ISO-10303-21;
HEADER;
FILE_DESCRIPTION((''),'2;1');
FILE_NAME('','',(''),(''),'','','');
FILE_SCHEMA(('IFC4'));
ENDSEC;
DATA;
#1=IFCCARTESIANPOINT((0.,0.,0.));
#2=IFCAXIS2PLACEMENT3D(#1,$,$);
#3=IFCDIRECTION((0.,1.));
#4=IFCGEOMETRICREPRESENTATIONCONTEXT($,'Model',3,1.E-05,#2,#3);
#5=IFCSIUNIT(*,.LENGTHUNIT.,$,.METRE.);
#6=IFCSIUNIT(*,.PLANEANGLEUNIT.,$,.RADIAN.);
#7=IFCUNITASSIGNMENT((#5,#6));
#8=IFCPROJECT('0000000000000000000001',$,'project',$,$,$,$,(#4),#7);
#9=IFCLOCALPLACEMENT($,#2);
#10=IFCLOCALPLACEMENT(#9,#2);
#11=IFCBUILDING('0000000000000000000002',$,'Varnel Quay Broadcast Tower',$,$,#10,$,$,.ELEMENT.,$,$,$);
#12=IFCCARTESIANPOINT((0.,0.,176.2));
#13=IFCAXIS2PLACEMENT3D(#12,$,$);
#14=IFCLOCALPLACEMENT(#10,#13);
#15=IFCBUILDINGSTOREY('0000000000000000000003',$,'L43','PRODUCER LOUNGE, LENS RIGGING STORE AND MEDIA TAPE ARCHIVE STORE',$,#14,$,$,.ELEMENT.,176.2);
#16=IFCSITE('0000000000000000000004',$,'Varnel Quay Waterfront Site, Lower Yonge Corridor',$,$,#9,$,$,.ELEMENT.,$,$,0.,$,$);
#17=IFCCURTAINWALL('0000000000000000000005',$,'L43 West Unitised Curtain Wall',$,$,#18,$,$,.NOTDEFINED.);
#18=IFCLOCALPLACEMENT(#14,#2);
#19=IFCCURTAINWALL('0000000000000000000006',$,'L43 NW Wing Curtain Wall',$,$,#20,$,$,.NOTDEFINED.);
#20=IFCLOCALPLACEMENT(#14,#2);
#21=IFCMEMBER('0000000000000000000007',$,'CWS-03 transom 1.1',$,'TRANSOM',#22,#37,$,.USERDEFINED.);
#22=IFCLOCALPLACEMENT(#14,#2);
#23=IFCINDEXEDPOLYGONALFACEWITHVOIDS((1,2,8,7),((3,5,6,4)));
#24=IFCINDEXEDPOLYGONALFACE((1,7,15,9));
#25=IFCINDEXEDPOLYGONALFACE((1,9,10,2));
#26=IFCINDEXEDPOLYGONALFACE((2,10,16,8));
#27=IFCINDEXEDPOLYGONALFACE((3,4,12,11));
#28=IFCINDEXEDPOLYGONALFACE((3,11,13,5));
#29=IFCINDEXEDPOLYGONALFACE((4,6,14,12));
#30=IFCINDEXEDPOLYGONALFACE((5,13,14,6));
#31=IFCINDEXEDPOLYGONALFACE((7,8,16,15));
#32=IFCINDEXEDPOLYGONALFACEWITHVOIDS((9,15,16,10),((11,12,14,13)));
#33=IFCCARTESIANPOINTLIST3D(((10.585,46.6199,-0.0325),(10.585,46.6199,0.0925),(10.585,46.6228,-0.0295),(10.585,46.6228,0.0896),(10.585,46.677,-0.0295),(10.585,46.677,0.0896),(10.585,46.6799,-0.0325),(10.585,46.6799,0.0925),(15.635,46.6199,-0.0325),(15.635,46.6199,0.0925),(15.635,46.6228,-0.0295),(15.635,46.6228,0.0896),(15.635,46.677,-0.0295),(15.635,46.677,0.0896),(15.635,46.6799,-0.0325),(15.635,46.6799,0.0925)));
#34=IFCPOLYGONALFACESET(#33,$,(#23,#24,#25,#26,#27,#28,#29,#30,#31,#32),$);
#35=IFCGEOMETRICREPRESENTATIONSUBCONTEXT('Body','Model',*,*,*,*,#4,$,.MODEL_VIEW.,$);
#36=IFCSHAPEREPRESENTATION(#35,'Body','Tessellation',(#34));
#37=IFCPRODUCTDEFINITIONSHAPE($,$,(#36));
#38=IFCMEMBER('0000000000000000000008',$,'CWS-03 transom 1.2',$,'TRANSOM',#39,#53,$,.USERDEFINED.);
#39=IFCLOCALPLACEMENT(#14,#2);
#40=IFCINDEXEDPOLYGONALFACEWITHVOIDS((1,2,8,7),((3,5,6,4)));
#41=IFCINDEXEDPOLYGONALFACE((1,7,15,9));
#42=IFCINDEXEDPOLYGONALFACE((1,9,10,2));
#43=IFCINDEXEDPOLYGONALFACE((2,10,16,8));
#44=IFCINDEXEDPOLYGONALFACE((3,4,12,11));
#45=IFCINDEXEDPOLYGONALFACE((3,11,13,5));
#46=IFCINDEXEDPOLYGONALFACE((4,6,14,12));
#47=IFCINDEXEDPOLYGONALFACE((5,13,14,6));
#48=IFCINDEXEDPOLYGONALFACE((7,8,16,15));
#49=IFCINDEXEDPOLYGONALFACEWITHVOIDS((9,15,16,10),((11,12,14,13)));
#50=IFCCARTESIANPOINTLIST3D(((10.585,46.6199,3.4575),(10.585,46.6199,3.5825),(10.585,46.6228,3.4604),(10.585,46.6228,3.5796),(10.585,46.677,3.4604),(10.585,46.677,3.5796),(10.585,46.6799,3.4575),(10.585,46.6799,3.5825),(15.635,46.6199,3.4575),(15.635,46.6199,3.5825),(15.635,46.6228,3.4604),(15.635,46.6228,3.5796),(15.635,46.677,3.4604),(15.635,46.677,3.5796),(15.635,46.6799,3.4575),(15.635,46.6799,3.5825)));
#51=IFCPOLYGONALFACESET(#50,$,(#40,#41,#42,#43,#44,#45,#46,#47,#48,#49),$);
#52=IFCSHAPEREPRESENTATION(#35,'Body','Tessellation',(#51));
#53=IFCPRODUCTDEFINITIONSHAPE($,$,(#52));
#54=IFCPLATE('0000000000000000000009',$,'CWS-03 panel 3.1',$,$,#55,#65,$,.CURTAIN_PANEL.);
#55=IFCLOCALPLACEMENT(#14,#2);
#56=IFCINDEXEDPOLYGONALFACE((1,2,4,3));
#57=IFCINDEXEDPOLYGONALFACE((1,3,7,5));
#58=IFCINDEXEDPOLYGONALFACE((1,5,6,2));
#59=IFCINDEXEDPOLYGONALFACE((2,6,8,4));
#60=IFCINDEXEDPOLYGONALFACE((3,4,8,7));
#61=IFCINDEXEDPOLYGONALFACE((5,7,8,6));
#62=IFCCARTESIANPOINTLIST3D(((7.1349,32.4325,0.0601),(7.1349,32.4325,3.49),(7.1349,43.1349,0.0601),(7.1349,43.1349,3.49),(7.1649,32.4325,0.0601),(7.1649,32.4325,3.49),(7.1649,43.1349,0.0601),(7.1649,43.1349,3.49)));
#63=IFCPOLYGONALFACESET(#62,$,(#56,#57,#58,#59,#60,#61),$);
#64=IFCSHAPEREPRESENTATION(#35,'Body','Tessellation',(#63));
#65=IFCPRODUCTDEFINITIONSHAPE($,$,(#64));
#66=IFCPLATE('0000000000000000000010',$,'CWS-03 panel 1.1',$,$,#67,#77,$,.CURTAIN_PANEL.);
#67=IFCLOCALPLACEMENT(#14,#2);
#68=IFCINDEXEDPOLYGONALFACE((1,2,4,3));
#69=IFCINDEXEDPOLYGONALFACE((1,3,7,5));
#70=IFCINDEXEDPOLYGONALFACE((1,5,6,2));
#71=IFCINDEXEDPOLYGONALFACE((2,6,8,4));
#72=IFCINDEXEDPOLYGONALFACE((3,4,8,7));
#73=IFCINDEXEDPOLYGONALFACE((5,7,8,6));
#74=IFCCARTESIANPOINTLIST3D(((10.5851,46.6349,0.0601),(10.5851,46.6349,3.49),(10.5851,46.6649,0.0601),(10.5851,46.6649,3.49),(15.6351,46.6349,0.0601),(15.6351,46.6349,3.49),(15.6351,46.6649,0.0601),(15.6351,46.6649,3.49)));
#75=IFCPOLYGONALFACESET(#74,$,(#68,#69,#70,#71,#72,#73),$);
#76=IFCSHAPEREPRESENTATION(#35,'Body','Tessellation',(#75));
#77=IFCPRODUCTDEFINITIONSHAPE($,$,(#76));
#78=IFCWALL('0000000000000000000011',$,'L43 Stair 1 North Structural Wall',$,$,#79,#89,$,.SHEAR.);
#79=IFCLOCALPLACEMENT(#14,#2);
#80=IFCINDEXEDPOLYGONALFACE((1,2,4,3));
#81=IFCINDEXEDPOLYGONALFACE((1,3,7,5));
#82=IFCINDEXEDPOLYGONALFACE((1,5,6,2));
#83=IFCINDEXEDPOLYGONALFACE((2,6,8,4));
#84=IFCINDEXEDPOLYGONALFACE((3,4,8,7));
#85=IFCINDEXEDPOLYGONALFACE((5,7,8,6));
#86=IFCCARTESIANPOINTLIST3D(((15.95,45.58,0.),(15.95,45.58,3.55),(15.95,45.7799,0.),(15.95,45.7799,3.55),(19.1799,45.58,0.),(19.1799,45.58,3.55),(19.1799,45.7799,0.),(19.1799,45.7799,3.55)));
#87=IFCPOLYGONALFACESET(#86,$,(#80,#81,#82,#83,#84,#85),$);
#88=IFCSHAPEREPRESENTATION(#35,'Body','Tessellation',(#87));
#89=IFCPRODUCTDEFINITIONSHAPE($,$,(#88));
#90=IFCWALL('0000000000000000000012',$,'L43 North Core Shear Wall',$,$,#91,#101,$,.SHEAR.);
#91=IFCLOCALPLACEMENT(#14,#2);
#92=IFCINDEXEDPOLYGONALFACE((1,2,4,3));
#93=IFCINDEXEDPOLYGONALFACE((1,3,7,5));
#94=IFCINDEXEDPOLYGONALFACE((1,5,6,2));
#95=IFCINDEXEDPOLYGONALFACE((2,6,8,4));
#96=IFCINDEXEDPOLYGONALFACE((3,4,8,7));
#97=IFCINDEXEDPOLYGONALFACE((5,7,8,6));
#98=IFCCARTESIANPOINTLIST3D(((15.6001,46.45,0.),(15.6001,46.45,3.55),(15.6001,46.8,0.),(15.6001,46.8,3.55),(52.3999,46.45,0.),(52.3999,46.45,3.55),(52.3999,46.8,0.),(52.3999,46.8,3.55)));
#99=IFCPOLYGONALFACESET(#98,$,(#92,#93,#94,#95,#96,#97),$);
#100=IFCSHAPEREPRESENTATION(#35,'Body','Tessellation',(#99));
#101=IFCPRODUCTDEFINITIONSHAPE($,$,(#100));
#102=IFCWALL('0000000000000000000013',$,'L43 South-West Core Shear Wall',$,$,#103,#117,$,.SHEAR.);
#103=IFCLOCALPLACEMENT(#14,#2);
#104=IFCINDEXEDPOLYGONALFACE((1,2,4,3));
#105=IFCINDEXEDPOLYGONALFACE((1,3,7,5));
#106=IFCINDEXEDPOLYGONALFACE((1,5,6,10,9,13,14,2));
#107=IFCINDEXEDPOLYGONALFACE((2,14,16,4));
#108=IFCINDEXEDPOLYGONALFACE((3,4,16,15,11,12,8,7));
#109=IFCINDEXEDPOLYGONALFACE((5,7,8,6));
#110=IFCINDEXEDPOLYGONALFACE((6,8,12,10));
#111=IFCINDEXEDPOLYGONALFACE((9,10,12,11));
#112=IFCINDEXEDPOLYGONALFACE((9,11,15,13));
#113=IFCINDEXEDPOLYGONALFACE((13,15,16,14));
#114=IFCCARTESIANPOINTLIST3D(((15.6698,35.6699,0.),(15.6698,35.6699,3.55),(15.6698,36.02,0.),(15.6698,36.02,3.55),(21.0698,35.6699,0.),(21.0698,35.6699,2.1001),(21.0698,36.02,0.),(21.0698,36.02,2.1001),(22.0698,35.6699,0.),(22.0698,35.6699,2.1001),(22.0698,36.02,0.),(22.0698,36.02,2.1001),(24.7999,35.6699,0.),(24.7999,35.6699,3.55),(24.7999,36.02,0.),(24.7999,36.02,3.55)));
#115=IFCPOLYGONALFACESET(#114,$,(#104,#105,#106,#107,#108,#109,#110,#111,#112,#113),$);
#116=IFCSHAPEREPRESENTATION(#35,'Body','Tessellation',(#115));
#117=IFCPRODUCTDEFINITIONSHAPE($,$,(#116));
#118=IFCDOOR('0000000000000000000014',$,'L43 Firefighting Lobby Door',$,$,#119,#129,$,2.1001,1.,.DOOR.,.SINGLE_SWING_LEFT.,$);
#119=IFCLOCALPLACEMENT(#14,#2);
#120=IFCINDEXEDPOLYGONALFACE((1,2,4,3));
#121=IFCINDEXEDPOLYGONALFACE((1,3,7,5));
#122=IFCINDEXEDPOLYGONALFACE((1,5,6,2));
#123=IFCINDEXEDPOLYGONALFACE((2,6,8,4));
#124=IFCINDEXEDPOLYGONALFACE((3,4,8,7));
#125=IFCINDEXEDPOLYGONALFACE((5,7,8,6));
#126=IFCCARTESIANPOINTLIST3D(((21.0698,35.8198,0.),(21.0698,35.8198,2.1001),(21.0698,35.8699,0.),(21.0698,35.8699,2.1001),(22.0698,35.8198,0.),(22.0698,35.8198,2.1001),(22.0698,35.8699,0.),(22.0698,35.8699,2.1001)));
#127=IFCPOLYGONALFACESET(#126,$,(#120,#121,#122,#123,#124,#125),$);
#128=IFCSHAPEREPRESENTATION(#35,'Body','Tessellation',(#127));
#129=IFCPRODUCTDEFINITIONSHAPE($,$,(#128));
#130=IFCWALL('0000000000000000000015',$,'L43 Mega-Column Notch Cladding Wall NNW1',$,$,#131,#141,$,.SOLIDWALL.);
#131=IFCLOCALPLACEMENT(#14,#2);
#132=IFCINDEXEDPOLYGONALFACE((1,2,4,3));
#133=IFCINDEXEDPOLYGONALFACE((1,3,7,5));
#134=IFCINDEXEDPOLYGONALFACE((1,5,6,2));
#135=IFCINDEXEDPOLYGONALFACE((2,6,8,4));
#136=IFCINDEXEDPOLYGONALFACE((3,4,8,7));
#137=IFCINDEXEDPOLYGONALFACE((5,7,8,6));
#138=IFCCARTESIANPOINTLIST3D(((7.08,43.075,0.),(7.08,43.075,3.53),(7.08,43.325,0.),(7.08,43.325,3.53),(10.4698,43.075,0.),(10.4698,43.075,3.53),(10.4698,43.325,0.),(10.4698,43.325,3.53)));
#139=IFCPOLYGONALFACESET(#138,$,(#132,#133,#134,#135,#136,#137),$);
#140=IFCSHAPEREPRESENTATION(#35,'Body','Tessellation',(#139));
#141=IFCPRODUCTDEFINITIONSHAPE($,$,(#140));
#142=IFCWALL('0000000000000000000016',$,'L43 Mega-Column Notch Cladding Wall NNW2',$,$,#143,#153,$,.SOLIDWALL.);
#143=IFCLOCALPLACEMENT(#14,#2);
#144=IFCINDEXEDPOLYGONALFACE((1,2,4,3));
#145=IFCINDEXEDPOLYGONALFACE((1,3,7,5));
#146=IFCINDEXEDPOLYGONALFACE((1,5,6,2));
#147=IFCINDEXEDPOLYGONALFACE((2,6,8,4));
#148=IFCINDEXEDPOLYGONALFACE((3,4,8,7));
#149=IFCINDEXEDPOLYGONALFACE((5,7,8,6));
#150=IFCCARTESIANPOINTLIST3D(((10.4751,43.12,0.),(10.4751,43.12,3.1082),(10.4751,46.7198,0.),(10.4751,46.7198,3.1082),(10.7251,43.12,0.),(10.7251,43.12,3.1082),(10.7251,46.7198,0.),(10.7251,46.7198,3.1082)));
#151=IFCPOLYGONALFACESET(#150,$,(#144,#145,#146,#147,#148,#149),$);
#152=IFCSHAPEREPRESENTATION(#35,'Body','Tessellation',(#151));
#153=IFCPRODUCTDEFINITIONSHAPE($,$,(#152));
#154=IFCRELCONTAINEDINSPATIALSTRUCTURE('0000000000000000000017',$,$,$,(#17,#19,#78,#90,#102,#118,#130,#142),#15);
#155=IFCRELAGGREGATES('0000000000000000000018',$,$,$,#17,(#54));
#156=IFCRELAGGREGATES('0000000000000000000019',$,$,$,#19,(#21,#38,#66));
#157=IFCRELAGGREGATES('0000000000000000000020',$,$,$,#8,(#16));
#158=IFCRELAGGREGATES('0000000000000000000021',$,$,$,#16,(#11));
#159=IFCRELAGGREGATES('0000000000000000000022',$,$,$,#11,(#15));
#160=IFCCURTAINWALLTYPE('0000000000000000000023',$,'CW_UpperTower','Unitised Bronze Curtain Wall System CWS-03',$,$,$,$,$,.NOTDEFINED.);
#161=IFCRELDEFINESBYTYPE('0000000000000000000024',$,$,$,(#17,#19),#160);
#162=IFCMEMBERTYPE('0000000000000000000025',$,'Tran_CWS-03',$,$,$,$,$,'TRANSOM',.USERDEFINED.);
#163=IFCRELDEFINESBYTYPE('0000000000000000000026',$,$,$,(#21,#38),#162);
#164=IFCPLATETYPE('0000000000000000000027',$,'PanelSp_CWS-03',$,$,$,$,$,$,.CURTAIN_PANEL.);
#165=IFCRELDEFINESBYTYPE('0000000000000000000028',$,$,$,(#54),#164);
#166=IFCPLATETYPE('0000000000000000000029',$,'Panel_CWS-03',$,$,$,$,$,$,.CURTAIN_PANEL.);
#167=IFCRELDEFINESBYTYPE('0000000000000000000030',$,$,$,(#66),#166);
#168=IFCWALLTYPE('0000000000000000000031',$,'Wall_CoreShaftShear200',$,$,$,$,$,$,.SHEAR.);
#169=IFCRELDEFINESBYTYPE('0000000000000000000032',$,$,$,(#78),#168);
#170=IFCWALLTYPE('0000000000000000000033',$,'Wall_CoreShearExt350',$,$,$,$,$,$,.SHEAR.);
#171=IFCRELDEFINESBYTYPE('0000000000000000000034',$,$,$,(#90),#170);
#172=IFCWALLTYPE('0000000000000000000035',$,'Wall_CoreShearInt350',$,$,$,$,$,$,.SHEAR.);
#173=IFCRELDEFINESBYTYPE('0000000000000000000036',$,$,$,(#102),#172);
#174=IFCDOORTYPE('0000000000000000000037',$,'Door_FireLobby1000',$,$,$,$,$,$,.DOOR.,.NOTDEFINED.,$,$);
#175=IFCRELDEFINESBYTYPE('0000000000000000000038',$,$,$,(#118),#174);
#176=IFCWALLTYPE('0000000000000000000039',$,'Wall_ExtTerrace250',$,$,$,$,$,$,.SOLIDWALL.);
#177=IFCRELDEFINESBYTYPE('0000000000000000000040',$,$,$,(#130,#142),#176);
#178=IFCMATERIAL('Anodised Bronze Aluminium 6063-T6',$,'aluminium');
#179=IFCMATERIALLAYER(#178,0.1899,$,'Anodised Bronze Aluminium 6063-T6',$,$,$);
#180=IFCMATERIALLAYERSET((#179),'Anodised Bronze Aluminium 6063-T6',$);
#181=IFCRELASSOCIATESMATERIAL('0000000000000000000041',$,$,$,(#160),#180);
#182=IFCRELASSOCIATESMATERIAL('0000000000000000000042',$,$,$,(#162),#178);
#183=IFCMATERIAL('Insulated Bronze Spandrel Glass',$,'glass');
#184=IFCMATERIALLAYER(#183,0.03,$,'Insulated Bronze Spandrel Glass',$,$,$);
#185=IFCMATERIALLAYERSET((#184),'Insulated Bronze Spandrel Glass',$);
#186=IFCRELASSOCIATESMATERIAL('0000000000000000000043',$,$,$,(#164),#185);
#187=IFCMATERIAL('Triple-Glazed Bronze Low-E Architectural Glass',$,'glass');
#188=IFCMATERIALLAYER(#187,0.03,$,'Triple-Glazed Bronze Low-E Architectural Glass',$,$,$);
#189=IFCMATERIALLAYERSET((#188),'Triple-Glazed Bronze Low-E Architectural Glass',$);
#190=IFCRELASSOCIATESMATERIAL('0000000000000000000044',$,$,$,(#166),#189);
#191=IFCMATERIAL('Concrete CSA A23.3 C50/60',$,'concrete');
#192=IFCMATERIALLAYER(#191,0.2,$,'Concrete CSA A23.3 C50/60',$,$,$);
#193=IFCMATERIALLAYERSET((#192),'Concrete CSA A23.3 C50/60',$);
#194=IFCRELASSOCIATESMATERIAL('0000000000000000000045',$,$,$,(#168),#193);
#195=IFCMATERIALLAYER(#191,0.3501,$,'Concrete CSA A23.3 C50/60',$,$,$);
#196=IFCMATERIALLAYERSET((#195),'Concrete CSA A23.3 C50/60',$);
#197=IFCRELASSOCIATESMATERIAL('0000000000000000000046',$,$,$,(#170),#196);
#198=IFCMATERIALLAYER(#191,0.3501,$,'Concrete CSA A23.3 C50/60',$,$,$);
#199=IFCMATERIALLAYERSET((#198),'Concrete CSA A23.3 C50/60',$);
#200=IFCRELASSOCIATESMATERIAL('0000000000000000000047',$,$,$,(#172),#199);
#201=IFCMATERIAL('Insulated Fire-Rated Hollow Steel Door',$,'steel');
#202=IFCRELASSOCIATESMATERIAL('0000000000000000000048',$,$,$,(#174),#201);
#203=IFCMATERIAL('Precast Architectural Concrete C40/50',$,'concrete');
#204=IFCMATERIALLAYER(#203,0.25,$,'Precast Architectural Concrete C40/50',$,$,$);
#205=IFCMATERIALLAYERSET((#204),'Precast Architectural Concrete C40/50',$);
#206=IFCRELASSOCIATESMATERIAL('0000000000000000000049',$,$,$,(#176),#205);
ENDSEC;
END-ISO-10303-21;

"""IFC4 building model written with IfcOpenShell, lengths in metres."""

from ifc_helpers import new_model, si_unit, direction, frame, frame_2d, origin, origin_2d, place, context, subcontext, project, spatial, rectangle, hollow_rectangle, extrude, source, transform, mapped, material, layer, layer_set, material_profile, profile_set, type_object, type_shapes, element, fill, aggregate, save


model = new_model("IFC4")

# Units and contexts
model_context = context("Model", 3, precision=1e-05, world=origin(), true_north=direction((0.0, 1.0)))
body_context = subcontext(model_context, "Body", "Model", "MODEL_VIEW")
ifc_project = project(units=[si_unit("LENGTHUNIT", "METRE"), si_unit("PLANEANGLEUNIT", "RADIAN")], contexts=[model_context])

# Site, building, storey
site_placement = place(None, origin())
site = spatial("IfcSite", under=ifc_project, at=site_placement, Name="Varnel Quay Waterfront Site, Lower Yonge Corridor", CompositionType="ELEMENT", RefElevation=0.0)
building_placement = place(site_placement, origin())
building = spatial("IfcBuilding", under=site, at=building_placement, Name="Varnel Quay Broadcast Tower", CompositionType="ELEMENT")
storey_placement = place(building_placement, frame((0.0, 0.0, 176.2)))
storey = spatial("IfcBuildingStorey", under=building, at=storey_placement, Name="L43", Description="PRODUCER LOUNGE, LENS RIGGING STORE AND MEDIA TAPE ARCHIVE STORE", CompositionType="ELEMENT", Elevation=176.2)

# Curtain wall
ifc_material_1 = material(Name="Anodised Bronze Aluminium 6063-T6", Category="aluminium")
ifc_layer_1 = layer(ifc_material_1, 0.1899, Name="Anodised Bronze Aluminium 6063-T6")
ifc_layer_set_1 = layer_set([ifc_layer_1], Name="Anodised Bronze Aluminium 6063-T6")
curtain_wall_type = type_object("IfcCurtainWallType", Name="CW_UpperTower", Description="Unitised Bronze Curtain Wall System CWS-03", PredefinedType="NOTDEFINED", material=ifc_layer_set_1)
curtain_wall_1_placement = place(storey_placement, origin())
curtain_wall_1 = element("IfcCurtainWall", 1, at=curtain_wall_1_placement, inside=storey, type_object=curtain_wall_type, Name="L43 West Unitised Curtain Wall", PredefinedType="NOTDEFINED")

# Curtain wall, members
curtain_wall_2_placement = place(storey_placement, origin())
curtain_wall_2 = element("IfcCurtainWall", 2, at=curtain_wall_2_placement, inside=storey, type_object=curtain_wall_type, Name="L43 NW Wing Curtain Wall", PredefinedType="NOTDEFINED")
ifc_material_profile_1 = material_profile(ifc_material_1, hollow_rectangle(XDim=0.0601, YDim=0.125, WallThickness=0.0029, at=origin_2d()), Name="ALU60X125X3")
ifc_profile_set_1 = profile_set([ifc_material_profile_1], Name="Anodised Bronze Aluminium 6063-T6")
member_type_1 = type_object("IfcMemberType", Name="Tran_CWS-03", ElementType="TRANSOM", PredefinedType="USERDEFINED", material=ifc_profile_set_1)
shared_shape_1 = source(origin(), body_context, "Body", "SweptSolid", [
    extrude(hollow_rectangle(XDim=0.0601, YDim=0.125, WallThickness=0.0029, at=origin_2d()), origin(), (0.0, 0.0, 1.0), 5.05),
])
type_shapes(member_type_1, [shared_shape_1])
member_1_placement = place(storey_placement, frame((10.585, 46.6499, 0.03), z_axis=(1.0, 0.0, 0.0), x_axis=(0.0, 1.0, 0.0)))
member_1 = element("IfcMember", 3, at=member_1_placement, type_object=member_type_1, Name="CWS-03 transom 1.1", ObjectType="TRANSOM", PredefinedType="USERDEFINED", context=body_context, shape_type="MappedRepresentation", body=[
    mapped(shared_shape_1, transform((0.0, 0.0, 0.0), x_axis=(1.0, 0.0, 0.0), y_axis=(0.0, 1.0, 0.0), z_axis=(0.0, 0.0, 1.0), scale=1.0)),
])
member_2_placement = place(storey_placement, frame((10.585, 46.6499, 3.52), z_axis=(1.0, 0.0, 0.0), x_axis=(0.0, 1.0, 0.0)))
member_2 = element("IfcMember", 4, at=member_2_placement, type_object=member_type_1, Name="CWS-03 transom 1.2", ObjectType="TRANSOM", PredefinedType="USERDEFINED", context=body_context, shape_type="MappedRepresentation", body=[
    mapped(shared_shape_1, transform((0.0, 0.0, 0.0), x_axis=(1.0, 0.0, 0.0), y_axis=(0.0, 1.0, 0.0), z_axis=(0.0, 0.0, 1.0), scale=1.0)),
])

# Plates
ifc_material_2 = material(Name="Insulated Bronze Spandrel Glass", Category="glass")
ifc_layer_2 = layer(ifc_material_2, 0.03, Name="Insulated Bronze Spandrel Glass")
ifc_layer_set_2 = layer_set([ifc_layer_2], Name="Insulated Bronze Spandrel Glass")
plate_type_1 = type_object("IfcPlateType", Name="PanelSp_CWS-03", PredefinedType="CURTAIN_PANEL", material=ifc_layer_set_2)
shared_shape_2 = source(origin(), body_context, "Body", "SweptSolid", [
    extrude(rectangle(XDim=10.7024, YDim=0.03, at=origin_2d()), origin(), (0.0, 0.0, 1.0), 3.4299),
])
type_shapes(plate_type_1, [shared_shape_2])
plate_1_placement = place(storey_placement, frame((7.1499, 37.7837, 0.0601), z_axis=(0.0, 0.0, 1.0), x_axis=(0.0, 1.0, 0.0)))
plate_1 = element("IfcPlate", 5, at=plate_1_placement, type_object=plate_type_1, Name="CWS-03 panel 3.1", PredefinedType="CURTAIN_PANEL", context=body_context, shape_type="MappedRepresentation", body=[
    mapped(shared_shape_2, transform((0.0, 0.0, 0.0), x_axis=(1.0, 0.0, 0.0), y_axis=(0.0, 1.0, 0.0), z_axis=(0.0, 0.0, 1.0), scale=1.0)),
])
aggregate(curtain_wall_1, [plate_1])
ifc_material_3 = material(Name="Triple-Glazed Bronze Low-E Architectural Glass", Category="glass")
ifc_layer_3 = layer(ifc_material_3, 0.03, Name="Triple-Glazed Bronze Low-E Architectural Glass")
ifc_layer_set_3 = layer_set([ifc_layer_3], Name="Triple-Glazed Bronze Low-E Architectural Glass")
plate_type_2 = type_object("IfcPlateType", Name="Panel_CWS-03", PredefinedType="CURTAIN_PANEL", material=ifc_layer_set_3)
shared_shape_3 = source(origin(), body_context, "Body", "SweptSolid", [
    extrude(rectangle(XDim=5.05, YDim=0.03, at=origin_2d()), origin(), (0.0, 0.0, 1.0), 3.4299),
])
type_shapes(plate_type_2, [shared_shape_3])
plate_2_placement = place(storey_placement, frame((13.1101, 46.6499, 0.0601), z_axis=(0.0, 0.0, 1.0), x_axis=(1.0, 0.0, 0.0)))
plate_2 = element("IfcPlate", 6, at=plate_2_placement, type_object=plate_type_2, Name="CWS-03 panel 1.1", PredefinedType="CURTAIN_PANEL", context=body_context, shape_type="MappedRepresentation", body=[
    mapped(shared_shape_3, transform((0.0, 0.0, 0.0), x_axis=(1.0, 0.0, 0.0), y_axis=(0.0, 1.0, 0.0), z_axis=(0.0, 0.0, 1.0), scale=1.0)),
])
aggregate(curtain_wall_2, [member_1, member_2, plate_2])

# Walls
ifc_material_4 = material(Name="Concrete CSA A23.3 C50/60", Category="concrete")
ifc_layer_4 = layer(ifc_material_4, 0.2, Name="Concrete CSA A23.3 C50/60")
ifc_layer_set_4 = layer_set([ifc_layer_4], Name="Concrete CSA A23.3 C50/60")
wall_type_1 = type_object("IfcWallType", Name="Wall_CoreShaftShear200", PredefinedType="SHEAR", material=ifc_layer_set_4)
wall_1_placement = place(storey_placement, frame((15.95, 45.6799, 0.0), z_axis=(0.0, 0.0, 1.0), x_axis=(1.0, 0.0, 0.0)))
element("IfcWall", 7, at=wall_1_placement, inside=storey, type_object=wall_type_1, Name="L43 Stair 1 North Structural Wall", PredefinedType="SHEAR", context=body_context, shape_type="SweptSolid", body=[
    extrude(rectangle(XDim=3.23, YDim=0.2, at=frame_2d((1.615, 0.0))), origin(), (0.0, 0.0, 1.0), 3.55),
])
ifc_layer_5 = layer(ifc_material_4, 0.3501, Name="Concrete CSA A23.3 C50/60")
ifc_layer_set_5 = layer_set([ifc_layer_5], Name="Concrete CSA A23.3 C50/60")
wall_type_2 = type_object("IfcWallType", Name="Wall_CoreShearExt350", PredefinedType="SHEAR", material=ifc_layer_set_5)
wall_2_placement = place(storey_placement, frame((15.6001, 46.625, 0.0), z_axis=(0.0, 0.0, 1.0), x_axis=(1.0, 0.0, 0.0)))
element("IfcWall", 8, at=wall_2_placement, inside=storey, type_object=wall_type_2, Name="L43 North Core Shear Wall", PredefinedType="SHEAR", context=body_context, shape_type="SweptSolid", body=[
    extrude(rectangle(XDim=36.7998, YDim=0.3501, at=frame_2d((18.3999, 0.0))), origin(), (0.0, 0.0, 1.0), 3.55),
])

# Wall, opening, door
ifc_layer_6 = layer(ifc_material_4, 0.3501, Name="Concrete CSA A23.3 C50/60")
ifc_layer_set_6 = layer_set([ifc_layer_6], Name="Concrete CSA A23.3 C50/60")
wall_type_3 = type_object("IfcWallType", Name="Wall_CoreShearInt350", PredefinedType="SHEAR", material=ifc_layer_set_6)
wall_3_placement = place(storey_placement, frame((15.6699, 35.845, 0.0), z_axis=(0.0, 0.0, 1.0), x_axis=(1.0, 0.0, 0.0)))
wall_3 = element("IfcWall", 9, at=wall_3_placement, inside=storey, type_object=wall_type_3, Name="L43 South-West Core Shear Wall", PredefinedType="SHEAR", context=body_context, shape_type="SweptSolid", body=[
    extrude(rectangle(XDim=9.1301, YDim=0.3501, at=frame_2d((4.5649, 0.0))), origin(), (0.0, 0.0, 1.0), 3.55),
])
opening_placement = place(wall_3_placement, frame((5.3999, 0.0, 0.0)))
opening = element("IfcOpeningElement", 10, at=opening_placement, cuts=wall_3, PredefinedType="OPENING", context=body_context, shape_type="SweptSolid", body=[
    extrude(rectangle(XDim=1.0, YDim=2.1001, at=frame_2d((0.5, 1.05))), frame((0.0, 0.1851, 0.0), z_axis=(0.0, -1.0, 0.0), x_axis=(1.0, 0.0, 0.0)), (0.0, 0.0, 1.0), 0.3701),
])
ifc_material_5 = material(Name="Insulated Fire-Rated Hollow Steel Door", Category="steel")
door_type = type_object("IfcDoorType", Name="Door_FireLobby1000", OperationType="NOTDEFINED", PredefinedType="DOOR", material=ifc_material_5)
shared_shape_4 = source(origin(), body_context, "Body", "SweptSolid", [
    extrude(rectangle(XDim=1.0, YDim=2.1001, at=frame_2d((0.5, 1.05))), frame((0.0, 0.0249, 0.0), z_axis=(0.0, -1.0, 0.0), x_axis=(1.0, 0.0, 0.0)), (0.0, 0.0, 1.0), 0.05),
])
type_shapes(door_type, [shared_shape_4])
door_placement = place(opening_placement, origin())
door = element("IfcDoor", 11, at=door_placement, inside=storey, type_object=door_type, Name="L43 Firefighting Lobby Door", OperationType="SINGLE_SWING_LEFT", OverallHeight=2.1001, OverallWidth=1.0, PredefinedType="DOOR", context=body_context, shape_type="MappedRepresentation", body=[
    mapped(shared_shape_4, transform((0.0, 0.0, 0.0), x_axis=(1.0, 0.0, 0.0), y_axis=(0.0, 1.0, 0.0), z_axis=(0.0, 0.0, 1.0), scale=1.0)),
])
fill(opening, door)

# Walls
ifc_material_6 = material(Name="Precast Architectural Concrete C40/50", Category="concrete")
ifc_layer_7 = layer(ifc_material_6, 0.25, Name="Precast Architectural Concrete C40/50")
ifc_layer_set_7 = layer_set([ifc_layer_7], Name="Precast Architectural Concrete C40/50")
wall_type_4 = type_object("IfcWallType", Name="Wall_ExtTerrace250", PredefinedType="SOLIDWALL", material=ifc_layer_set_7)
wall_4_placement = place(storey_placement, frame((7.0801, 43.2, 0.0), z_axis=(0.0, 0.0, 1.0), x_axis=(1.0, 0.0, 0.0)))
element("IfcWall", 12, at=wall_4_placement, inside=storey, type_object=wall_type_4, Name="L43 Mega-Column Notch Cladding Wall NNW1", PredefinedType="SOLIDWALL", context=body_context, shape_type="SweptSolid", body=[
    extrude(rectangle(XDim=3.3899, YDim=0.25, at=frame_2d((1.6948, 0.0))), origin(), (0.0, 0.0, 1.0), 3.53),
])
wall_5_placement = place(storey_placement, frame((10.6001, 43.1201, 0.0), z_axis=(0.0, 0.0, 1.0), x_axis=(0.0, 1.0, 0.0)))
element("IfcWall", 13, at=wall_5_placement, inside=storey, type_object=wall_type_4, Name="L43 Mega-Column Notch Cladding Wall NNW2", PredefinedType="SOLIDWALL", context=body_context, shape_type="SweptSolid", body=[
    extrude(rectangle(XDim=3.5999, YDim=0.25, at=frame_2d((1.7998, 0.0))), origin(), (0.0, 0.0, 1.0), 3.1082),
])

save(model, "model.ifc")
